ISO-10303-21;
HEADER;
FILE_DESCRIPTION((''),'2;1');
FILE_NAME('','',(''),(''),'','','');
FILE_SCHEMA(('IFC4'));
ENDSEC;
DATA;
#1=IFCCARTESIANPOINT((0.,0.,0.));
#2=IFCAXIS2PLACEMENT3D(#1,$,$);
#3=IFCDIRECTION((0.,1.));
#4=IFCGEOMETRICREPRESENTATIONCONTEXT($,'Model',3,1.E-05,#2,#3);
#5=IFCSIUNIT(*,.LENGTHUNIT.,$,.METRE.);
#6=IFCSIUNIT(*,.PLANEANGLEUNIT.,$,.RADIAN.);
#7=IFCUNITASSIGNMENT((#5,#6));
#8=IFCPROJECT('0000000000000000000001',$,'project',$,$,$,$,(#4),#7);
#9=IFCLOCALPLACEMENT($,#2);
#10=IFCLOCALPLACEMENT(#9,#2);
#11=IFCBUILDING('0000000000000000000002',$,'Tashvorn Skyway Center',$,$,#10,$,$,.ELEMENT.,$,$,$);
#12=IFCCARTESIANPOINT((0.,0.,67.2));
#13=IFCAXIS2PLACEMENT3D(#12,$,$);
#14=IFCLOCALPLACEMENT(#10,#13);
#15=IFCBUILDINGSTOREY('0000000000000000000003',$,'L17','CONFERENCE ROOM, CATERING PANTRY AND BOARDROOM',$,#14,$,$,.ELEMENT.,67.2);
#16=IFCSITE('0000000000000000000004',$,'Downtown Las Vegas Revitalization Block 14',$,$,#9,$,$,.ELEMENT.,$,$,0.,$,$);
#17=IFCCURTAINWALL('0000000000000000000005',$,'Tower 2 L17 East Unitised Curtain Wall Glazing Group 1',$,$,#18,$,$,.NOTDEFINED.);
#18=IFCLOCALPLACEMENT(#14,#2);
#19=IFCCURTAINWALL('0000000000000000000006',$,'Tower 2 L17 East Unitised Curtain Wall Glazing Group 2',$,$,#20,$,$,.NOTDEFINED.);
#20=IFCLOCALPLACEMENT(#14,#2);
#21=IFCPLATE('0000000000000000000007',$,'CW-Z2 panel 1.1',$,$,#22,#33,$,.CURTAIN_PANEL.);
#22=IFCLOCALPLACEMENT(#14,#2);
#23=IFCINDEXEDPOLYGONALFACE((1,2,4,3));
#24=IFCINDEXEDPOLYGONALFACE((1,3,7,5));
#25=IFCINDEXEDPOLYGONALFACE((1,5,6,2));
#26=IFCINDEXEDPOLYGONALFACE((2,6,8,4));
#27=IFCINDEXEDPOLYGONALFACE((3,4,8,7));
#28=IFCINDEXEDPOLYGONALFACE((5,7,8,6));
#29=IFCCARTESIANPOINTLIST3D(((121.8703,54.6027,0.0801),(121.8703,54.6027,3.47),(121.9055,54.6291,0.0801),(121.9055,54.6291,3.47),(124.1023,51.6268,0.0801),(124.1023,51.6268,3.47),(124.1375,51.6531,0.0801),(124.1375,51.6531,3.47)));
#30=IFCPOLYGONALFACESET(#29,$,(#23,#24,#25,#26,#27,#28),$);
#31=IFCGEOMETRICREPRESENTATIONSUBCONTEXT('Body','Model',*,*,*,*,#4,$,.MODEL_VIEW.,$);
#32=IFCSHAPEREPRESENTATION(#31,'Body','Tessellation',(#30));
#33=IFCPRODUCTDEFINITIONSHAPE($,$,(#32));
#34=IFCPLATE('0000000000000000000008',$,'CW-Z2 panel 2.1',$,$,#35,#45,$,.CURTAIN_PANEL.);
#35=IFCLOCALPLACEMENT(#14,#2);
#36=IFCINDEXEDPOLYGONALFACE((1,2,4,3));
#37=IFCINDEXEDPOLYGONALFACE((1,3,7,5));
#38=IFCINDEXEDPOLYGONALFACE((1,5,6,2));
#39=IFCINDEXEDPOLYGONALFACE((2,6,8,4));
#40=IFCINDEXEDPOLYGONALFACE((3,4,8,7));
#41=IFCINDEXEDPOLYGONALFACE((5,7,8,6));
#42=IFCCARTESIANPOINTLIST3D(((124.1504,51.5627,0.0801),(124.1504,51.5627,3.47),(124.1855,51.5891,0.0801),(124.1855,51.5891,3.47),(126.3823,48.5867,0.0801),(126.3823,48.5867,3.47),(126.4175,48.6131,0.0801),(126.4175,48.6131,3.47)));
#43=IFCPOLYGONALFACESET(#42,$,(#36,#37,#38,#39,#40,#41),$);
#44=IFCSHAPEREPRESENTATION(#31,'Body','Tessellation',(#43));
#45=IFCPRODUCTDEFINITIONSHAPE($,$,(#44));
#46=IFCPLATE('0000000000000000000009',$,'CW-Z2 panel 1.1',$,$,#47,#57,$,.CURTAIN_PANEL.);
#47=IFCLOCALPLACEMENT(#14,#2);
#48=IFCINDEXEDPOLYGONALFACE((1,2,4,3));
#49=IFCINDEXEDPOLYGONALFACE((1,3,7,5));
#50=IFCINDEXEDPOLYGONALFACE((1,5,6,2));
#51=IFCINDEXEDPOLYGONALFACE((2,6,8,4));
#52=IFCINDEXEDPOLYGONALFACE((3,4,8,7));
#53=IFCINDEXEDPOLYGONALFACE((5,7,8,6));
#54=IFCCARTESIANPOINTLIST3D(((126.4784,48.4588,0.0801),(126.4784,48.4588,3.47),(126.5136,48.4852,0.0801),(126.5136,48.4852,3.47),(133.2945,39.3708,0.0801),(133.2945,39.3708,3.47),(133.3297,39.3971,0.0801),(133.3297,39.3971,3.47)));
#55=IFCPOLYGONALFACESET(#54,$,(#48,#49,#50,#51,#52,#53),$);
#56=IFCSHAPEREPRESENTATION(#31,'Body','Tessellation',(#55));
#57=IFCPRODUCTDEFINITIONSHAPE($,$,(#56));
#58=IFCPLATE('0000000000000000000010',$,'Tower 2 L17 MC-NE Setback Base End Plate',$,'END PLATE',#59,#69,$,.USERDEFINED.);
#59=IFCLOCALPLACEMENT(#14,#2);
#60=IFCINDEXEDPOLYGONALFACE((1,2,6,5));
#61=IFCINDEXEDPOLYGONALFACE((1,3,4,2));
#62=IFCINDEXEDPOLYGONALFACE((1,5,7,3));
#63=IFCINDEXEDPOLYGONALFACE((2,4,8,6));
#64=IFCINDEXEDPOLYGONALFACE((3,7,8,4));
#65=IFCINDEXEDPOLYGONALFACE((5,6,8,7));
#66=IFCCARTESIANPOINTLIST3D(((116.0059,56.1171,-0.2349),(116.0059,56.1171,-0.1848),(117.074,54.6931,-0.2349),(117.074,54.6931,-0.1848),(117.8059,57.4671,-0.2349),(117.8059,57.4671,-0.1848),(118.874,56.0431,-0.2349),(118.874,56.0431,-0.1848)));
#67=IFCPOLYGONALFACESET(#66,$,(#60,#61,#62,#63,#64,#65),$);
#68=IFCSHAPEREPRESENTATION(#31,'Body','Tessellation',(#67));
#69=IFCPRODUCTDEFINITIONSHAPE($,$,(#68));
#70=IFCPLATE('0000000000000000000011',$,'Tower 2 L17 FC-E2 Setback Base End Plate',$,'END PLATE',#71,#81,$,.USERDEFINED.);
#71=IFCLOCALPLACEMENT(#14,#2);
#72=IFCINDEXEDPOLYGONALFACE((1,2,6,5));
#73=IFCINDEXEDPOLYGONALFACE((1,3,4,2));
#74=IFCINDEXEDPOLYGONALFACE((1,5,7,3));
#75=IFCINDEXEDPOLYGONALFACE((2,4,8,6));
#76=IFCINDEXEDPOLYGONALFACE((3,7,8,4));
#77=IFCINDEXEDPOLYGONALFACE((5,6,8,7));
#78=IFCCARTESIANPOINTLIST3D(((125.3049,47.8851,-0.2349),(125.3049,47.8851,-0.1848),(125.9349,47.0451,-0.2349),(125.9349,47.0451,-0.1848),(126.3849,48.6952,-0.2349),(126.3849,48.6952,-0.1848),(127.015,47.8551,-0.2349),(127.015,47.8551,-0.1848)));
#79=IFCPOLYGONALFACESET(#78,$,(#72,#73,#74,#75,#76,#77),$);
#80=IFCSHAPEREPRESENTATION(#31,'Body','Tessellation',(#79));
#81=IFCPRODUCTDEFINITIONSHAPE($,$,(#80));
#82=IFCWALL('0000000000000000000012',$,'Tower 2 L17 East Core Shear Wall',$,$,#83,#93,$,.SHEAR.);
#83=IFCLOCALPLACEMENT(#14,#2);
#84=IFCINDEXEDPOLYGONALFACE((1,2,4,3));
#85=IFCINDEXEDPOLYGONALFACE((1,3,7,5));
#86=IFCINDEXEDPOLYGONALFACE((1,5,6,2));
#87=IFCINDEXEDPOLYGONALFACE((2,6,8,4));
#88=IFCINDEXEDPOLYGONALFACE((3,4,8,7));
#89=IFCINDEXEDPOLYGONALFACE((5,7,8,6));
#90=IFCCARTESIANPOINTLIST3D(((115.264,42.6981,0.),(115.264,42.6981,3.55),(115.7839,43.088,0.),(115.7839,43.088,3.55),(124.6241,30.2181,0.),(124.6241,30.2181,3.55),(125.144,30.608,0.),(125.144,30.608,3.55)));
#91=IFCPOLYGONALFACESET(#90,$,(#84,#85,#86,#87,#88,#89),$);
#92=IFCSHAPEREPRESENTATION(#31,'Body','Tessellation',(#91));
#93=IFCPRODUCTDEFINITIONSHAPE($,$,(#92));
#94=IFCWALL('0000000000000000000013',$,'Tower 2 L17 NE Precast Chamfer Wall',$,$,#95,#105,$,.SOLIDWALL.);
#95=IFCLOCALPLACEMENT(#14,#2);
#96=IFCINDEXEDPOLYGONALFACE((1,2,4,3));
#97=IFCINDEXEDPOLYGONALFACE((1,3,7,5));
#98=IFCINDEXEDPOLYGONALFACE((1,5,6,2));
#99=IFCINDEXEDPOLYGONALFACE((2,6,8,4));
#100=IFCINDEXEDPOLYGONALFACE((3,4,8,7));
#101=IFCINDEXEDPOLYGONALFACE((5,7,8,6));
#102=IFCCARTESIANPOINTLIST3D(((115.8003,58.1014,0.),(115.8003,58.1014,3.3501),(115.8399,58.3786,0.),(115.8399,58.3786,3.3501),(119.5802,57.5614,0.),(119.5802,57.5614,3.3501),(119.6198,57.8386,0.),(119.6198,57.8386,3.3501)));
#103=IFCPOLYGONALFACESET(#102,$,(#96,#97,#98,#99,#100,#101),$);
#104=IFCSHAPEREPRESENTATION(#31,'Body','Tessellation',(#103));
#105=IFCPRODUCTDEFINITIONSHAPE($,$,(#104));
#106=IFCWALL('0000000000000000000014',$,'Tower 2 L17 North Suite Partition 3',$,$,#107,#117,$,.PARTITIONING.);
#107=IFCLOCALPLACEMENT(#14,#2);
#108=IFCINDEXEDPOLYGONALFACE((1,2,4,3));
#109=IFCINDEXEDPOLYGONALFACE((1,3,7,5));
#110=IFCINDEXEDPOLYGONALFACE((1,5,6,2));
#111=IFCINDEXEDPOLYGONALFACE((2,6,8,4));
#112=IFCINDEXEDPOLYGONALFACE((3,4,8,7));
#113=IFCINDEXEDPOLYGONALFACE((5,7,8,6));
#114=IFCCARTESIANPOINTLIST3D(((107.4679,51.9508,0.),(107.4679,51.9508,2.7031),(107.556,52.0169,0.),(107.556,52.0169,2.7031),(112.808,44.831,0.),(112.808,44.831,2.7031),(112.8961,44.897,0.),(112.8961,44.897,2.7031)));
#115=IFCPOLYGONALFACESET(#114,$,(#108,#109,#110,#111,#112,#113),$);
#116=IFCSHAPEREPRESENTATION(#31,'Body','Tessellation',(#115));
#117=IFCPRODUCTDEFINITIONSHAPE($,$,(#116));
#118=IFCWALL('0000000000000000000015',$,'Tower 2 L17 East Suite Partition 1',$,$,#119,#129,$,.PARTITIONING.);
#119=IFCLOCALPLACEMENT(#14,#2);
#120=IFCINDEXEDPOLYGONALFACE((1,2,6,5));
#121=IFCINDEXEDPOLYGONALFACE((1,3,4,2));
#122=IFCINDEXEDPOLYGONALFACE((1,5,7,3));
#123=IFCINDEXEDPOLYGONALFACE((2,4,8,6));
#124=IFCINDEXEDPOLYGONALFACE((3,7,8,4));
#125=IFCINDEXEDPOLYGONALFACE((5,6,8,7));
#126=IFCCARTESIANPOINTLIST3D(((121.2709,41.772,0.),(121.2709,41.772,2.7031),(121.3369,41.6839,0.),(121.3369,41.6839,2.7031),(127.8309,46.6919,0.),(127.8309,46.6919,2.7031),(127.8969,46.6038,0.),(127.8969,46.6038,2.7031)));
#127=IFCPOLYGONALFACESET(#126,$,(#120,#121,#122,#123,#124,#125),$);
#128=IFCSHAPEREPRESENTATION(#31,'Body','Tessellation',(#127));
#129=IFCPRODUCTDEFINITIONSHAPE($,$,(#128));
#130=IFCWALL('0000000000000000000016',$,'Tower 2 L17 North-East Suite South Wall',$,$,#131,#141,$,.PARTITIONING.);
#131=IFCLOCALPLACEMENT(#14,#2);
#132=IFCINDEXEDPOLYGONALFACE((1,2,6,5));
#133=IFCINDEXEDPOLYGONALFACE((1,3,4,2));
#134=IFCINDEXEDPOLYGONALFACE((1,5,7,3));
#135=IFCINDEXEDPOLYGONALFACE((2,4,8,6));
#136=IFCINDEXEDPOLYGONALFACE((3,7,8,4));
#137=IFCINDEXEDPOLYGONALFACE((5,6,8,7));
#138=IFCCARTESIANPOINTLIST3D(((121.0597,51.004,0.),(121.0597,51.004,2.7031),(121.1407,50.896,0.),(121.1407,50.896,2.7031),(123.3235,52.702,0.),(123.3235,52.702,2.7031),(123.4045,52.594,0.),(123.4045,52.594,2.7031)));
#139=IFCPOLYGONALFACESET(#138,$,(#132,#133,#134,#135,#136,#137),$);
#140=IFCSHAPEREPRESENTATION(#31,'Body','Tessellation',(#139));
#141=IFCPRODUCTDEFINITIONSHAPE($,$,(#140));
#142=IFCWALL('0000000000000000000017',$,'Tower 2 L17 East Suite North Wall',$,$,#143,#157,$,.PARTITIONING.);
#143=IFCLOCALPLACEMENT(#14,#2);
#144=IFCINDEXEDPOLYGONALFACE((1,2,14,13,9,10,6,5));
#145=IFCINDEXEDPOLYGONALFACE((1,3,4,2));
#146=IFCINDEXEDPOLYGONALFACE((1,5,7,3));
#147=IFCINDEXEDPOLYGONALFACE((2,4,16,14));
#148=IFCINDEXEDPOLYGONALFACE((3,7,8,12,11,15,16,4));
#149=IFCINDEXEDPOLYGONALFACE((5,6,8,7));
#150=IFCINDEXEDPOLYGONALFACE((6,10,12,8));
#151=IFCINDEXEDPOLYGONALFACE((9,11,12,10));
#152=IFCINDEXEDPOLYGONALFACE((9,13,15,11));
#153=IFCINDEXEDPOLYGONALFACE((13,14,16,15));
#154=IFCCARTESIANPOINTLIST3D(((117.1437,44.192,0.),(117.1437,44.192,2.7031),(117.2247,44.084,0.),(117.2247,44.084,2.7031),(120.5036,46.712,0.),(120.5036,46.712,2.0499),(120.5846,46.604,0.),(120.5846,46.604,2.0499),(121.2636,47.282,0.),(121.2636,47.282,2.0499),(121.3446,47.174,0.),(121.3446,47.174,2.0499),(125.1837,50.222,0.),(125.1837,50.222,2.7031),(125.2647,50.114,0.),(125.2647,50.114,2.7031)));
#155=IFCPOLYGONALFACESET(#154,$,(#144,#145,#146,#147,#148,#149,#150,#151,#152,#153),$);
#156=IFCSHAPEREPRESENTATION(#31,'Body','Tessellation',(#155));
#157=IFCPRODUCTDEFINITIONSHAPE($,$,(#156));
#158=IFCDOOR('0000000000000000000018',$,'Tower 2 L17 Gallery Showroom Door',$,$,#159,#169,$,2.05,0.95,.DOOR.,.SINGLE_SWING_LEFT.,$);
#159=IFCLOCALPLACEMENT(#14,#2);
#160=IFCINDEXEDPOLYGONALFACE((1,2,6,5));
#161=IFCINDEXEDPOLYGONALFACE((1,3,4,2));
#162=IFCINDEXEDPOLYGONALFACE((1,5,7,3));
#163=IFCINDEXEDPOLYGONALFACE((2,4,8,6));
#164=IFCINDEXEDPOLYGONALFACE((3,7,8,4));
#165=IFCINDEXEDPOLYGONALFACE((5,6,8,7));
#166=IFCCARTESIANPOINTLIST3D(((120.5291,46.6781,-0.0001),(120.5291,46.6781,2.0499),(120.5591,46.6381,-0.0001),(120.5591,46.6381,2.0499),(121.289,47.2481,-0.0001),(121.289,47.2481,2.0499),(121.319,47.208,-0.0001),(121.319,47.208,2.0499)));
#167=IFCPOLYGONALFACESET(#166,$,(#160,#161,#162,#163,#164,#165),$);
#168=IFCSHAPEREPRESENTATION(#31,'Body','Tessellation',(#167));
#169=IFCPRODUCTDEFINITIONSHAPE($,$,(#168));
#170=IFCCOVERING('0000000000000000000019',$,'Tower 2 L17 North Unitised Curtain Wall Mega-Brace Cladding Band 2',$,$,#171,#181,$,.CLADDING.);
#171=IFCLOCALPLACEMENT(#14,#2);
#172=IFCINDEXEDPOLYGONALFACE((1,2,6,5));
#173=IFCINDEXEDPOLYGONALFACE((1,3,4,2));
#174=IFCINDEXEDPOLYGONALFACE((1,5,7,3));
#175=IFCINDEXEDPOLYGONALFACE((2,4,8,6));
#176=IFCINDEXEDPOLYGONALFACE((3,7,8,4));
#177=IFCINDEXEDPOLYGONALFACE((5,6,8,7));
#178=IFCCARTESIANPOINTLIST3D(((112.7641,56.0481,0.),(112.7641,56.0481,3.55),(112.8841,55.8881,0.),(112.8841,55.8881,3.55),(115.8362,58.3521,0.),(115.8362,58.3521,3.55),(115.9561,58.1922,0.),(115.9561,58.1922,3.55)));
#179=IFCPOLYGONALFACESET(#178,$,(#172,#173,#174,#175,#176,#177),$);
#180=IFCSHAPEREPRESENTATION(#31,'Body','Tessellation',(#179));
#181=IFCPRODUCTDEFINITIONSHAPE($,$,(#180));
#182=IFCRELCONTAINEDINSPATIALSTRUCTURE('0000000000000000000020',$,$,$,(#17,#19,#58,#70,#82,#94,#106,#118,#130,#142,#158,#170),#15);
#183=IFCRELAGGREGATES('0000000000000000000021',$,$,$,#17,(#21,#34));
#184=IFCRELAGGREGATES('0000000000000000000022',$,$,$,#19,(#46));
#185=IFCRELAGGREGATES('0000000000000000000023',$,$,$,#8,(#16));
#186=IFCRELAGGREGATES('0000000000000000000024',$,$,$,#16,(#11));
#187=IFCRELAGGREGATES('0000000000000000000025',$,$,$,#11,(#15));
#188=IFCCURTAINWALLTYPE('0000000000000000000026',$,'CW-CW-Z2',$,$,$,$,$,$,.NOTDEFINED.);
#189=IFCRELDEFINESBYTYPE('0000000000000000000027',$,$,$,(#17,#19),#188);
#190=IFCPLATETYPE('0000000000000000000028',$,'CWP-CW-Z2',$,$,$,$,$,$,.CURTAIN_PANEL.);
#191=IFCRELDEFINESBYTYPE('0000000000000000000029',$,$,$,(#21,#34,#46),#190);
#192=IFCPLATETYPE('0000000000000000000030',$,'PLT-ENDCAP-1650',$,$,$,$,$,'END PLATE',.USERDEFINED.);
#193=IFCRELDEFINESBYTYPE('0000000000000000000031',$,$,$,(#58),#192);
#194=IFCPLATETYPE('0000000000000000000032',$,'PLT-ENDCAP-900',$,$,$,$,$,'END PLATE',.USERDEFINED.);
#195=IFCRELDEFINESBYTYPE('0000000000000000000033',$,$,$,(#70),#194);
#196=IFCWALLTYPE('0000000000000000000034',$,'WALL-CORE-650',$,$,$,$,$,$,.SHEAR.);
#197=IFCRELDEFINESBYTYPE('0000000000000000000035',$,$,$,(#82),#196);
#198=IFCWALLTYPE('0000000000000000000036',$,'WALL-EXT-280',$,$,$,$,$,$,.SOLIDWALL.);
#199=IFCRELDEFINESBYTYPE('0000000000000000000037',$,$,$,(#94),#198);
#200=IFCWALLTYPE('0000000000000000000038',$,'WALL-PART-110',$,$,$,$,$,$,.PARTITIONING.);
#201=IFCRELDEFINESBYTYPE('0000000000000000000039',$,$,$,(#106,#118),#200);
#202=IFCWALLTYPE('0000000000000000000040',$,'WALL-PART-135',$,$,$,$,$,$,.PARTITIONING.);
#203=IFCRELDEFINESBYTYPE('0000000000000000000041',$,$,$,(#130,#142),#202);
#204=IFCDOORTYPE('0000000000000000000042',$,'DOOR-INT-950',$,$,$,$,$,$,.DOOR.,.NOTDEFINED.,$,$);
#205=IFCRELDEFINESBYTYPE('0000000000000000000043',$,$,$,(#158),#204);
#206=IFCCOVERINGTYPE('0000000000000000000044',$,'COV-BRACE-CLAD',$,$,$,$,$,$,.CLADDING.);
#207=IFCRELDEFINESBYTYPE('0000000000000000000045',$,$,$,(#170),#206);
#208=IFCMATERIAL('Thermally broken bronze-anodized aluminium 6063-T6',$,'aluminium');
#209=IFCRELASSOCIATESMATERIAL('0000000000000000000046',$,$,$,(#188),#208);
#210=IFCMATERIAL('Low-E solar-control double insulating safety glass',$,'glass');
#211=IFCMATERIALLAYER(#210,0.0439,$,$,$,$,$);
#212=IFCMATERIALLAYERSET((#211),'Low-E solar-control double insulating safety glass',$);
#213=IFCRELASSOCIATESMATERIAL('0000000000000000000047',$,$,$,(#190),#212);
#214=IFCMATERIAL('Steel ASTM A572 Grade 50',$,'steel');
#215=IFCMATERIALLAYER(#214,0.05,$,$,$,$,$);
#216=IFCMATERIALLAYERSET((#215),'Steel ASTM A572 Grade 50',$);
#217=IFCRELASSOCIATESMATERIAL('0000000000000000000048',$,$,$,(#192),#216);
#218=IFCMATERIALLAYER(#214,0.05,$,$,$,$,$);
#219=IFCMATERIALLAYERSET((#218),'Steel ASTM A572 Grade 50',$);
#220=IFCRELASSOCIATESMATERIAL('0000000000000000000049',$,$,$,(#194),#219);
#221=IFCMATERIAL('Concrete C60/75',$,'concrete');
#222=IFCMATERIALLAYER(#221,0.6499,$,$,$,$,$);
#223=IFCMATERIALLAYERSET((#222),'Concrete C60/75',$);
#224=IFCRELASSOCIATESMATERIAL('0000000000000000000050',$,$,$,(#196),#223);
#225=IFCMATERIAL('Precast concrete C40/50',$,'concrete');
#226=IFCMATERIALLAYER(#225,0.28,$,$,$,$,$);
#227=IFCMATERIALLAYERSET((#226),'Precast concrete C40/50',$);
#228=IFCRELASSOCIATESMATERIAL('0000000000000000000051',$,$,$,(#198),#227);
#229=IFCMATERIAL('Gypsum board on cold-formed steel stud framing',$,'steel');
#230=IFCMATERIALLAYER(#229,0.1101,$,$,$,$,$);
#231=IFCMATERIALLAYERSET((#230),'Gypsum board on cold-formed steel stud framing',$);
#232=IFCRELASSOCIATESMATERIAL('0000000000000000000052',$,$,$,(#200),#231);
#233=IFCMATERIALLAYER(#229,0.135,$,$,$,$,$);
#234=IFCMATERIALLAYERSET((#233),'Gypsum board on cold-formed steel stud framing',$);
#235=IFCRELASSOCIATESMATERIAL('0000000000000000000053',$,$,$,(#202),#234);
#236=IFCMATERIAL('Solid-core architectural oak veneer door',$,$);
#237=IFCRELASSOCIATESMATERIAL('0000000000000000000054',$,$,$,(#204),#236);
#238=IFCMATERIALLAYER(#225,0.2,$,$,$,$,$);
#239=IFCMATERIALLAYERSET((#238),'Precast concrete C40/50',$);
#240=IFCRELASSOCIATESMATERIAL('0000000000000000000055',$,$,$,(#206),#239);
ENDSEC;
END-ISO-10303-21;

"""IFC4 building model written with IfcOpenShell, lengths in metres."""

from ifc_helpers import new_model, si_unit, direction, frame, frame_2d, origin, origin_2d, place, context, subcontext, project, spatial, rectangle, extrude, material, layer, layer_set, type_object, element, fill, aggregate, save


model = new_model("IFC4")

# Units and contexts
model_context = context("Model", 3, precision=1e-05, world=origin(), true_north=direction((0.0, 1.0)))
body_context = subcontext(model_context, "Body", "Model", "MODEL_VIEW")
ifc_project = project(units=[si_unit("LENGTHUNIT", "METRE"), si_unit("PLANEANGLEUNIT", "RADIAN")], contexts=[model_context])

# Site, building, storey
site_placement = place(None, origin())
site = spatial("IfcSite", under=ifc_project, at=site_placement, Name="Downtown Las Vegas Revitalization Block 14", CompositionType="ELEMENT", RefElevation=0.0)
building_placement = place(site_placement, origin())
building = spatial("IfcBuilding", under=site, at=building_placement, Name="Tashvorn Skyway Center", CompositionType="ELEMENT")
storey_placement = place(building_placement, frame((0.0, 0.0, 67.2)))
storey = spatial("IfcBuildingStorey", under=building, at=storey_placement, Name="L17", Description="CONFERENCE ROOM, CATERING PANTRY AND BOARDROOM", CompositionType="ELEMENT", Elevation=67.2)

# Shared definitions
ifc_material_1 = material(Name="Steel ASTM A572 Grade 50", Category="steel")

# Shared definitions
ifc_material_2 = material(Name="Thermally broken bronze-anodized aluminium 6063-T6", Category="aluminium")
curtain_wall_type = type_object("IfcCurtainWallType", Name="CW-CW-Z2", PredefinedType="NOTDEFINED", material=ifc_material_2)

# Curtain wall
curtain_wall_1_placement = place(storey_placement, origin())
curtain_wall_1 = element("IfcCurtainWall", 1, at=curtain_wall_1_placement, inside=storey, type_object=curtain_wall_type, Name="Tower 2 L17 East Unitised Curtain Wall Glazing Group 1", PredefinedType="NOTDEFINED")

# Curtain wall
curtain_wall_2_placement = place(storey_placement, origin())
curtain_wall_2 = element("IfcCurtainWall", 2, at=curtain_wall_2_placement, inside=storey, type_object=curtain_wall_type, Name="Tower 2 L17 East Unitised Curtain Wall Glazing Group 2", PredefinedType="NOTDEFINED")

# Plates
ifc_material_3 = material(Name="Low-E solar-control double insulating safety glass", Category="glass")
ifc_layer_1 = layer(ifc_material_3, 0.0439)
ifc_layer_set_1 = layer_set([ifc_layer_1], Name="Low-E solar-control double insulating safety glass")
plate_type_1 = type_object("IfcPlateType", Name="CWP-CW-Z2", PredefinedType="CURTAIN_PANEL", material=ifc_layer_set_1)
plate_1_placement = place(storey_placement, frame((123.0039, 53.1279, 0.0801), z_axis=(0.0, 0.0, 1.0), x_axis=(0.6, -0.8, 0.0)))
plate_1 = element("IfcPlate", 3, at=plate_1_placement, type_object=plate_type_1, Name="CW-Z2 panel 1.1", PredefinedType="CURTAIN_PANEL", context=body_context, shape_type="SweptSolid", body=[
    extrude(rectangle(XDim=3.72, YDim=0.0439, at=origin_2d()), origin(), (0.0, 0.0, 1.0), 3.3899),
])
plate_2_placement = place(storey_placement, frame((125.2839, 50.0879, 0.0801), z_axis=(0.0, 0.0, 1.0), x_axis=(0.6, -0.8, 0.0)))
plate_2 = element("IfcPlate", 4, at=plate_2_placement, type_object=plate_type_1, Name="CW-Z2 panel 2.1", PredefinedType="CURTAIN_PANEL", context=body_context, shape_type="SweptSolid", body=[
    extrude(rectangle(XDim=3.72, YDim=0.0439, at=origin_2d()), origin(), (0.0, 0.0, 1.0), 3.3899),
])
aggregate(curtain_wall_1, [plate_1, plate_2])
plate_3_placement = place(storey_placement, frame((129.9041, 43.928, 0.0801), z_axis=(0.0, 0.0, 1.0), x_axis=(0.6, -0.8, 0.0)))
plate_3 = element("IfcPlate", 5, at=plate_3_placement, type_object=plate_type_1, Name="CW-Z2 panel 1.1", PredefinedType="CURTAIN_PANEL", context=body_context, shape_type="SweptSolid", body=[
    extrude(rectangle(XDim=11.3601, YDim=0.0439, at=origin_2d()), origin(), (0.0, 0.0, 1.0), 3.3899),
])
aggregate(curtain_wall_2, [plate_3])

# Plates
ifc_layer_2 = layer(ifc_material_1, 0.05)
ifc_layer_set_2 = layer_set([ifc_layer_2], Name="Steel ASTM A572 Grade 50")
plate_type_2 = type_object("IfcPlateType", Name="PLT-ENDCAP-1650", ElementType="END PLATE", PredefinedType="USERDEFINED", material=ifc_layer_set_2)
plate_4_placement = place(storey_placement, frame((117.4399, 56.0801, -0.2349), z_axis=(0.0, 0.0, 1.0), x_axis=(0.8, 0.6, 0.0)))
element("IfcPlate", 6, at=plate_4_placement, inside=storey, type_object=plate_type_2, Name="Tower 2 L17 MC-NE Setback Base End Plate", ObjectType="END PLATE", PredefinedType="USERDEFINED", context=body_context, shape_type="SweptSolid", body=[
    extrude(rectangle(XDim=2.25, YDim=1.78, at=origin_2d()), origin(), (0.0, 0.0, 1.0), 0.05),
])
ifc_layer_3 = layer(ifc_material_1, 0.05)
ifc_layer_set_3 = layer_set([ifc_layer_3], Name="Steel ASTM A572 Grade 50")
plate_type_3 = type_object("IfcPlateType", Name="PLT-ENDCAP-900", ElementType="END PLATE", PredefinedType="USERDEFINED", material=ifc_layer_set_3)
plate_5_placement = place(storey_placement, frame((126.1599, 47.8701, -0.2349), z_axis=(0.0, 0.0, 1.0), x_axis=(0.8, 0.6, 0.0)))
element("IfcPlate", 7, at=plate_5_placement, inside=storey, type_object=plate_type_3, Name="Tower 2 L17 FC-E2 Setback Base End Plate", ObjectType="END PLATE", PredefinedType="USERDEFINED", context=body_context, shape_type="SweptSolid", body=[
    extrude(rectangle(XDim=1.3501, YDim=1.05, at=origin_2d()), origin(), (0.0, 0.0, 1.0), 0.05),
])

# Walls
ifc_material_4 = material(Name="Concrete C60/75", Category="concrete")
ifc_layer_4 = layer(ifc_material_4, 0.6499)
ifc_layer_set_4 = layer_set([ifc_layer_4], Name="Concrete C60/75")
wall_type_1 = type_object("IfcWallType", Name="WALL-CORE-650", PredefinedType="SHEAR", material=ifc_layer_set_4)
wall_1_placement = place(storey_placement, frame((115.5239, 42.8931, 0.0), z_axis=(0.0, 0.0, 1.0), x_axis=(0.600005, -0.799996, 0.0)))
element("IfcWall", 8, at=wall_1_placement, inside=storey, type_object=wall_type_1, Name="Tower 2 L17 East Core Shear Wall", PredefinedType="SHEAR", context=body_context, shape_type="SweptSolid", body=[
    extrude(rectangle(XDim=15.6001, YDim=0.6499, at=frame_2d((7.8, 0.0))), origin(), (0.0, 0.0, 1.0), 3.55),
])
ifc_material_5 = material(Name="Precast concrete C40/50", Category="concrete")
ifc_layer_5 = layer(ifc_material_5, 0.28)
ifc_layer_set_5 = layer_set([ifc_layer_5], Name="Precast concrete C40/50")
wall_type_2 = type_object("IfcWallType", Name="WALL-EXT-280", PredefinedType="SOLIDWALL", material=ifc_layer_set_5)
wall_2_placement = place(storey_placement, frame((115.8201, 58.24, 0.0), z_axis=(0.0, 0.0, 1.0), x_axis=(0.989948, -0.14143, 0.0)))
element("IfcWall", 9, at=wall_2_placement, inside=storey, type_object=wall_type_2, Name="Tower 2 L17 NE Precast Chamfer Wall", PredefinedType="SOLIDWALL", context=body_context, shape_type="SweptSolid", body=[
    extrude(rectangle(XDim=3.8184, YDim=0.28, at=frame_2d((1.9092, 0.0))), origin(), (0.0, 0.0, 1.0), 3.3501),
])
ifc_material_6 = material(Name="Gypsum board on cold-formed steel stud framing", Category="steel")
ifc_layer_6 = layer(ifc_material_6, 0.1101)
ifc_layer_set_6 = layer_set([ifc_layer_6], Name="Gypsum board on cold-formed steel stud framing")
wall_type_3 = type_object("IfcWallType", Name="WALL-PART-110", PredefinedType="PARTITIONING", material=ifc_layer_set_6)
wall_3_placement = place(storey_placement, frame((112.8521, 44.864, 0.0), z_axis=(0.0, 0.0, 1.0), x_axis=(-0.600013, 0.79999, 0.0)))
element("IfcWall", 10, at=wall_3_placement, inside=storey, type_object=wall_type_3, Name="Tower 2 L17 North Suite Partition 3", PredefinedType="PARTITIONING", context=body_context, shape_type="SweptSolid", body=[
    extrude(rectangle(XDim=8.8999, YDim=0.1101, at=frame_2d((4.45, 0.0))), origin(), (0.0, 0.0, 1.0), 2.7031),
])
wall_4_placement = place(storey_placement, frame((127.864, 46.6479, 0.0), z_axis=(0.0, 0.0, 1.0), x_axis=(-0.800007, -0.59999, 0.0)))
element("IfcWall", 11, at=wall_4_placement, inside=storey, type_object=wall_type_3, Name="Tower 2 L17 East Suite Partition 1", PredefinedType="PARTITIONING", context=body_context, shape_type="SweptSolid", body=[
    extrude(rectangle(XDim=8.2, YDim=0.1101, at=frame_2d((4.1001, 0.0))), origin(), (0.0, 0.0, 1.0), 2.7031),
])
ifc_layer_7 = layer(ifc_material_6, 0.135)
ifc_layer_set_7 = layer_set([ifc_layer_7], Name="Gypsum board on cold-formed steel stud framing")
wall_type_4 = type_object("IfcWallType", Name="WALL-PART-135", PredefinedType="PARTITIONING", material=ifc_layer_set_7)
wall_5_placement = place(storey_placement, frame((121.1001, 50.95, 0.0), z_axis=(0.0, 0.0, 1.0), x_axis=(0.79999, 0.600014, 0.0)))
element("IfcWall", 12, at=wall_5_placement, inside=storey, type_object=wall_type_4, Name="Tower 2 L17 North-East Suite South Wall", PredefinedType="PARTITIONING", context=body_context, shape_type="SweptSolid", body=[
    extrude(rectangle(XDim=2.8298, YDim=0.135, at=frame_2d((1.415, 0.0))), origin(), (0.0, 0.0, 1.0), 2.7031),
])

# Wall, opening, door
wall_6_placement = place(storey_placement, frame((125.2241, 50.168, 0.0), z_axis=(0.0, 0.0, 1.0), x_axis=(-0.8, -0.6, 0.0)))
wall_6 = element("IfcWall", 13, at=wall_6_placement, inside=storey, type_object=wall_type_4, Name="Tower 2 L17 East Suite North Wall", PredefinedType="PARTITIONING", context=body_context, shape_type="SweptSolid", body=[
    extrude(rectangle(XDim=10.05, YDim=0.135, at=frame_2d((5.0249, 0.0))), origin(), (0.0, 0.0, 1.0), 2.7031),
])
opening_placement = place(wall_6_placement, frame((4.8999, 0.0, 0.0)))
opening = element("IfcOpeningElement", 14, at=opening_placement, cuts=wall_6, PredefinedType="OPENING", context=body_context, shape_type="SweptSolid", body=[
    extrude(rectangle(XDim=0.95, YDim=2.05, at=frame_2d((0.4751, 1.0249))), frame((0.0, 0.0774, 0.0), z_axis=(0.0, -1.0, 0.0), x_axis=(1.0, 0.0, 0.0)), (0.0, 0.0, 1.0), 0.155),
])
ifc_material_7 = material(Name="Solid-core architectural oak veneer door")
door_type = type_object("IfcDoorType", Name="DOOR-INT-950", OperationType="NOTDEFINED", PredefinedType="DOOR", material=ifc_material_7)
door_placement = place(opening_placement, origin())
door = element("IfcDoor", 15, at=door_placement, inside=storey, type_object=door_type, Name="Tower 2 L17 Gallery Showroom Door", OperationType="SINGLE_SWING_LEFT", OverallHeight=2.05, OverallWidth=0.95, PredefinedType="DOOR", context=body_context, shape_type="SweptSolid", body=[
    extrude(rectangle(XDim=0.95, YDim=2.05, at=frame_2d((0.4751, 1.0249))), frame((0.0, 0.0249, 0.0), z_axis=(0.0, -1.0, 0.0), x_axis=(1.0, 0.0, 0.0)), (0.0, 0.0, 1.0), 0.05),
])
fill(opening, door)

# Covering
ifc_layer_8 = layer(ifc_material_5, 0.2)
ifc_layer_set_8 = layer_set([ifc_layer_8], Name="Precast concrete C40/50")
covering_type_1 = type_object("IfcCoveringType", Name="COV-BRACE-CLAD", PredefinedType="CLADDING", material=ifc_layer_set_8)
for number, where, z_axis, x_axis, name in (
    (16, (114.3601, 57.1201, 0.0), (0.0, 0.0, 1.0), (0.8, 0.6, 0.0), "Tower 2 L17 North Unitised Curtain Wall Mega-Brace Cladding Band 2"),
):
    element("IfcCovering", number, at=place(storey_placement, frame(where, z_axis=z_axis, x_axis=x_axis)), inside=storey, type_object=covering_type_1, Name=name, PredefinedType="CLADDING", context=body_context, shape_type="SweptSolid", body=[
        extrude(rectangle(XDim=3.8401, YDim=0.2, at=origin_2d()), origin(), (0.0, 0.0, 1.0), 3.55),
    ])

save(model, "model.ifc")
